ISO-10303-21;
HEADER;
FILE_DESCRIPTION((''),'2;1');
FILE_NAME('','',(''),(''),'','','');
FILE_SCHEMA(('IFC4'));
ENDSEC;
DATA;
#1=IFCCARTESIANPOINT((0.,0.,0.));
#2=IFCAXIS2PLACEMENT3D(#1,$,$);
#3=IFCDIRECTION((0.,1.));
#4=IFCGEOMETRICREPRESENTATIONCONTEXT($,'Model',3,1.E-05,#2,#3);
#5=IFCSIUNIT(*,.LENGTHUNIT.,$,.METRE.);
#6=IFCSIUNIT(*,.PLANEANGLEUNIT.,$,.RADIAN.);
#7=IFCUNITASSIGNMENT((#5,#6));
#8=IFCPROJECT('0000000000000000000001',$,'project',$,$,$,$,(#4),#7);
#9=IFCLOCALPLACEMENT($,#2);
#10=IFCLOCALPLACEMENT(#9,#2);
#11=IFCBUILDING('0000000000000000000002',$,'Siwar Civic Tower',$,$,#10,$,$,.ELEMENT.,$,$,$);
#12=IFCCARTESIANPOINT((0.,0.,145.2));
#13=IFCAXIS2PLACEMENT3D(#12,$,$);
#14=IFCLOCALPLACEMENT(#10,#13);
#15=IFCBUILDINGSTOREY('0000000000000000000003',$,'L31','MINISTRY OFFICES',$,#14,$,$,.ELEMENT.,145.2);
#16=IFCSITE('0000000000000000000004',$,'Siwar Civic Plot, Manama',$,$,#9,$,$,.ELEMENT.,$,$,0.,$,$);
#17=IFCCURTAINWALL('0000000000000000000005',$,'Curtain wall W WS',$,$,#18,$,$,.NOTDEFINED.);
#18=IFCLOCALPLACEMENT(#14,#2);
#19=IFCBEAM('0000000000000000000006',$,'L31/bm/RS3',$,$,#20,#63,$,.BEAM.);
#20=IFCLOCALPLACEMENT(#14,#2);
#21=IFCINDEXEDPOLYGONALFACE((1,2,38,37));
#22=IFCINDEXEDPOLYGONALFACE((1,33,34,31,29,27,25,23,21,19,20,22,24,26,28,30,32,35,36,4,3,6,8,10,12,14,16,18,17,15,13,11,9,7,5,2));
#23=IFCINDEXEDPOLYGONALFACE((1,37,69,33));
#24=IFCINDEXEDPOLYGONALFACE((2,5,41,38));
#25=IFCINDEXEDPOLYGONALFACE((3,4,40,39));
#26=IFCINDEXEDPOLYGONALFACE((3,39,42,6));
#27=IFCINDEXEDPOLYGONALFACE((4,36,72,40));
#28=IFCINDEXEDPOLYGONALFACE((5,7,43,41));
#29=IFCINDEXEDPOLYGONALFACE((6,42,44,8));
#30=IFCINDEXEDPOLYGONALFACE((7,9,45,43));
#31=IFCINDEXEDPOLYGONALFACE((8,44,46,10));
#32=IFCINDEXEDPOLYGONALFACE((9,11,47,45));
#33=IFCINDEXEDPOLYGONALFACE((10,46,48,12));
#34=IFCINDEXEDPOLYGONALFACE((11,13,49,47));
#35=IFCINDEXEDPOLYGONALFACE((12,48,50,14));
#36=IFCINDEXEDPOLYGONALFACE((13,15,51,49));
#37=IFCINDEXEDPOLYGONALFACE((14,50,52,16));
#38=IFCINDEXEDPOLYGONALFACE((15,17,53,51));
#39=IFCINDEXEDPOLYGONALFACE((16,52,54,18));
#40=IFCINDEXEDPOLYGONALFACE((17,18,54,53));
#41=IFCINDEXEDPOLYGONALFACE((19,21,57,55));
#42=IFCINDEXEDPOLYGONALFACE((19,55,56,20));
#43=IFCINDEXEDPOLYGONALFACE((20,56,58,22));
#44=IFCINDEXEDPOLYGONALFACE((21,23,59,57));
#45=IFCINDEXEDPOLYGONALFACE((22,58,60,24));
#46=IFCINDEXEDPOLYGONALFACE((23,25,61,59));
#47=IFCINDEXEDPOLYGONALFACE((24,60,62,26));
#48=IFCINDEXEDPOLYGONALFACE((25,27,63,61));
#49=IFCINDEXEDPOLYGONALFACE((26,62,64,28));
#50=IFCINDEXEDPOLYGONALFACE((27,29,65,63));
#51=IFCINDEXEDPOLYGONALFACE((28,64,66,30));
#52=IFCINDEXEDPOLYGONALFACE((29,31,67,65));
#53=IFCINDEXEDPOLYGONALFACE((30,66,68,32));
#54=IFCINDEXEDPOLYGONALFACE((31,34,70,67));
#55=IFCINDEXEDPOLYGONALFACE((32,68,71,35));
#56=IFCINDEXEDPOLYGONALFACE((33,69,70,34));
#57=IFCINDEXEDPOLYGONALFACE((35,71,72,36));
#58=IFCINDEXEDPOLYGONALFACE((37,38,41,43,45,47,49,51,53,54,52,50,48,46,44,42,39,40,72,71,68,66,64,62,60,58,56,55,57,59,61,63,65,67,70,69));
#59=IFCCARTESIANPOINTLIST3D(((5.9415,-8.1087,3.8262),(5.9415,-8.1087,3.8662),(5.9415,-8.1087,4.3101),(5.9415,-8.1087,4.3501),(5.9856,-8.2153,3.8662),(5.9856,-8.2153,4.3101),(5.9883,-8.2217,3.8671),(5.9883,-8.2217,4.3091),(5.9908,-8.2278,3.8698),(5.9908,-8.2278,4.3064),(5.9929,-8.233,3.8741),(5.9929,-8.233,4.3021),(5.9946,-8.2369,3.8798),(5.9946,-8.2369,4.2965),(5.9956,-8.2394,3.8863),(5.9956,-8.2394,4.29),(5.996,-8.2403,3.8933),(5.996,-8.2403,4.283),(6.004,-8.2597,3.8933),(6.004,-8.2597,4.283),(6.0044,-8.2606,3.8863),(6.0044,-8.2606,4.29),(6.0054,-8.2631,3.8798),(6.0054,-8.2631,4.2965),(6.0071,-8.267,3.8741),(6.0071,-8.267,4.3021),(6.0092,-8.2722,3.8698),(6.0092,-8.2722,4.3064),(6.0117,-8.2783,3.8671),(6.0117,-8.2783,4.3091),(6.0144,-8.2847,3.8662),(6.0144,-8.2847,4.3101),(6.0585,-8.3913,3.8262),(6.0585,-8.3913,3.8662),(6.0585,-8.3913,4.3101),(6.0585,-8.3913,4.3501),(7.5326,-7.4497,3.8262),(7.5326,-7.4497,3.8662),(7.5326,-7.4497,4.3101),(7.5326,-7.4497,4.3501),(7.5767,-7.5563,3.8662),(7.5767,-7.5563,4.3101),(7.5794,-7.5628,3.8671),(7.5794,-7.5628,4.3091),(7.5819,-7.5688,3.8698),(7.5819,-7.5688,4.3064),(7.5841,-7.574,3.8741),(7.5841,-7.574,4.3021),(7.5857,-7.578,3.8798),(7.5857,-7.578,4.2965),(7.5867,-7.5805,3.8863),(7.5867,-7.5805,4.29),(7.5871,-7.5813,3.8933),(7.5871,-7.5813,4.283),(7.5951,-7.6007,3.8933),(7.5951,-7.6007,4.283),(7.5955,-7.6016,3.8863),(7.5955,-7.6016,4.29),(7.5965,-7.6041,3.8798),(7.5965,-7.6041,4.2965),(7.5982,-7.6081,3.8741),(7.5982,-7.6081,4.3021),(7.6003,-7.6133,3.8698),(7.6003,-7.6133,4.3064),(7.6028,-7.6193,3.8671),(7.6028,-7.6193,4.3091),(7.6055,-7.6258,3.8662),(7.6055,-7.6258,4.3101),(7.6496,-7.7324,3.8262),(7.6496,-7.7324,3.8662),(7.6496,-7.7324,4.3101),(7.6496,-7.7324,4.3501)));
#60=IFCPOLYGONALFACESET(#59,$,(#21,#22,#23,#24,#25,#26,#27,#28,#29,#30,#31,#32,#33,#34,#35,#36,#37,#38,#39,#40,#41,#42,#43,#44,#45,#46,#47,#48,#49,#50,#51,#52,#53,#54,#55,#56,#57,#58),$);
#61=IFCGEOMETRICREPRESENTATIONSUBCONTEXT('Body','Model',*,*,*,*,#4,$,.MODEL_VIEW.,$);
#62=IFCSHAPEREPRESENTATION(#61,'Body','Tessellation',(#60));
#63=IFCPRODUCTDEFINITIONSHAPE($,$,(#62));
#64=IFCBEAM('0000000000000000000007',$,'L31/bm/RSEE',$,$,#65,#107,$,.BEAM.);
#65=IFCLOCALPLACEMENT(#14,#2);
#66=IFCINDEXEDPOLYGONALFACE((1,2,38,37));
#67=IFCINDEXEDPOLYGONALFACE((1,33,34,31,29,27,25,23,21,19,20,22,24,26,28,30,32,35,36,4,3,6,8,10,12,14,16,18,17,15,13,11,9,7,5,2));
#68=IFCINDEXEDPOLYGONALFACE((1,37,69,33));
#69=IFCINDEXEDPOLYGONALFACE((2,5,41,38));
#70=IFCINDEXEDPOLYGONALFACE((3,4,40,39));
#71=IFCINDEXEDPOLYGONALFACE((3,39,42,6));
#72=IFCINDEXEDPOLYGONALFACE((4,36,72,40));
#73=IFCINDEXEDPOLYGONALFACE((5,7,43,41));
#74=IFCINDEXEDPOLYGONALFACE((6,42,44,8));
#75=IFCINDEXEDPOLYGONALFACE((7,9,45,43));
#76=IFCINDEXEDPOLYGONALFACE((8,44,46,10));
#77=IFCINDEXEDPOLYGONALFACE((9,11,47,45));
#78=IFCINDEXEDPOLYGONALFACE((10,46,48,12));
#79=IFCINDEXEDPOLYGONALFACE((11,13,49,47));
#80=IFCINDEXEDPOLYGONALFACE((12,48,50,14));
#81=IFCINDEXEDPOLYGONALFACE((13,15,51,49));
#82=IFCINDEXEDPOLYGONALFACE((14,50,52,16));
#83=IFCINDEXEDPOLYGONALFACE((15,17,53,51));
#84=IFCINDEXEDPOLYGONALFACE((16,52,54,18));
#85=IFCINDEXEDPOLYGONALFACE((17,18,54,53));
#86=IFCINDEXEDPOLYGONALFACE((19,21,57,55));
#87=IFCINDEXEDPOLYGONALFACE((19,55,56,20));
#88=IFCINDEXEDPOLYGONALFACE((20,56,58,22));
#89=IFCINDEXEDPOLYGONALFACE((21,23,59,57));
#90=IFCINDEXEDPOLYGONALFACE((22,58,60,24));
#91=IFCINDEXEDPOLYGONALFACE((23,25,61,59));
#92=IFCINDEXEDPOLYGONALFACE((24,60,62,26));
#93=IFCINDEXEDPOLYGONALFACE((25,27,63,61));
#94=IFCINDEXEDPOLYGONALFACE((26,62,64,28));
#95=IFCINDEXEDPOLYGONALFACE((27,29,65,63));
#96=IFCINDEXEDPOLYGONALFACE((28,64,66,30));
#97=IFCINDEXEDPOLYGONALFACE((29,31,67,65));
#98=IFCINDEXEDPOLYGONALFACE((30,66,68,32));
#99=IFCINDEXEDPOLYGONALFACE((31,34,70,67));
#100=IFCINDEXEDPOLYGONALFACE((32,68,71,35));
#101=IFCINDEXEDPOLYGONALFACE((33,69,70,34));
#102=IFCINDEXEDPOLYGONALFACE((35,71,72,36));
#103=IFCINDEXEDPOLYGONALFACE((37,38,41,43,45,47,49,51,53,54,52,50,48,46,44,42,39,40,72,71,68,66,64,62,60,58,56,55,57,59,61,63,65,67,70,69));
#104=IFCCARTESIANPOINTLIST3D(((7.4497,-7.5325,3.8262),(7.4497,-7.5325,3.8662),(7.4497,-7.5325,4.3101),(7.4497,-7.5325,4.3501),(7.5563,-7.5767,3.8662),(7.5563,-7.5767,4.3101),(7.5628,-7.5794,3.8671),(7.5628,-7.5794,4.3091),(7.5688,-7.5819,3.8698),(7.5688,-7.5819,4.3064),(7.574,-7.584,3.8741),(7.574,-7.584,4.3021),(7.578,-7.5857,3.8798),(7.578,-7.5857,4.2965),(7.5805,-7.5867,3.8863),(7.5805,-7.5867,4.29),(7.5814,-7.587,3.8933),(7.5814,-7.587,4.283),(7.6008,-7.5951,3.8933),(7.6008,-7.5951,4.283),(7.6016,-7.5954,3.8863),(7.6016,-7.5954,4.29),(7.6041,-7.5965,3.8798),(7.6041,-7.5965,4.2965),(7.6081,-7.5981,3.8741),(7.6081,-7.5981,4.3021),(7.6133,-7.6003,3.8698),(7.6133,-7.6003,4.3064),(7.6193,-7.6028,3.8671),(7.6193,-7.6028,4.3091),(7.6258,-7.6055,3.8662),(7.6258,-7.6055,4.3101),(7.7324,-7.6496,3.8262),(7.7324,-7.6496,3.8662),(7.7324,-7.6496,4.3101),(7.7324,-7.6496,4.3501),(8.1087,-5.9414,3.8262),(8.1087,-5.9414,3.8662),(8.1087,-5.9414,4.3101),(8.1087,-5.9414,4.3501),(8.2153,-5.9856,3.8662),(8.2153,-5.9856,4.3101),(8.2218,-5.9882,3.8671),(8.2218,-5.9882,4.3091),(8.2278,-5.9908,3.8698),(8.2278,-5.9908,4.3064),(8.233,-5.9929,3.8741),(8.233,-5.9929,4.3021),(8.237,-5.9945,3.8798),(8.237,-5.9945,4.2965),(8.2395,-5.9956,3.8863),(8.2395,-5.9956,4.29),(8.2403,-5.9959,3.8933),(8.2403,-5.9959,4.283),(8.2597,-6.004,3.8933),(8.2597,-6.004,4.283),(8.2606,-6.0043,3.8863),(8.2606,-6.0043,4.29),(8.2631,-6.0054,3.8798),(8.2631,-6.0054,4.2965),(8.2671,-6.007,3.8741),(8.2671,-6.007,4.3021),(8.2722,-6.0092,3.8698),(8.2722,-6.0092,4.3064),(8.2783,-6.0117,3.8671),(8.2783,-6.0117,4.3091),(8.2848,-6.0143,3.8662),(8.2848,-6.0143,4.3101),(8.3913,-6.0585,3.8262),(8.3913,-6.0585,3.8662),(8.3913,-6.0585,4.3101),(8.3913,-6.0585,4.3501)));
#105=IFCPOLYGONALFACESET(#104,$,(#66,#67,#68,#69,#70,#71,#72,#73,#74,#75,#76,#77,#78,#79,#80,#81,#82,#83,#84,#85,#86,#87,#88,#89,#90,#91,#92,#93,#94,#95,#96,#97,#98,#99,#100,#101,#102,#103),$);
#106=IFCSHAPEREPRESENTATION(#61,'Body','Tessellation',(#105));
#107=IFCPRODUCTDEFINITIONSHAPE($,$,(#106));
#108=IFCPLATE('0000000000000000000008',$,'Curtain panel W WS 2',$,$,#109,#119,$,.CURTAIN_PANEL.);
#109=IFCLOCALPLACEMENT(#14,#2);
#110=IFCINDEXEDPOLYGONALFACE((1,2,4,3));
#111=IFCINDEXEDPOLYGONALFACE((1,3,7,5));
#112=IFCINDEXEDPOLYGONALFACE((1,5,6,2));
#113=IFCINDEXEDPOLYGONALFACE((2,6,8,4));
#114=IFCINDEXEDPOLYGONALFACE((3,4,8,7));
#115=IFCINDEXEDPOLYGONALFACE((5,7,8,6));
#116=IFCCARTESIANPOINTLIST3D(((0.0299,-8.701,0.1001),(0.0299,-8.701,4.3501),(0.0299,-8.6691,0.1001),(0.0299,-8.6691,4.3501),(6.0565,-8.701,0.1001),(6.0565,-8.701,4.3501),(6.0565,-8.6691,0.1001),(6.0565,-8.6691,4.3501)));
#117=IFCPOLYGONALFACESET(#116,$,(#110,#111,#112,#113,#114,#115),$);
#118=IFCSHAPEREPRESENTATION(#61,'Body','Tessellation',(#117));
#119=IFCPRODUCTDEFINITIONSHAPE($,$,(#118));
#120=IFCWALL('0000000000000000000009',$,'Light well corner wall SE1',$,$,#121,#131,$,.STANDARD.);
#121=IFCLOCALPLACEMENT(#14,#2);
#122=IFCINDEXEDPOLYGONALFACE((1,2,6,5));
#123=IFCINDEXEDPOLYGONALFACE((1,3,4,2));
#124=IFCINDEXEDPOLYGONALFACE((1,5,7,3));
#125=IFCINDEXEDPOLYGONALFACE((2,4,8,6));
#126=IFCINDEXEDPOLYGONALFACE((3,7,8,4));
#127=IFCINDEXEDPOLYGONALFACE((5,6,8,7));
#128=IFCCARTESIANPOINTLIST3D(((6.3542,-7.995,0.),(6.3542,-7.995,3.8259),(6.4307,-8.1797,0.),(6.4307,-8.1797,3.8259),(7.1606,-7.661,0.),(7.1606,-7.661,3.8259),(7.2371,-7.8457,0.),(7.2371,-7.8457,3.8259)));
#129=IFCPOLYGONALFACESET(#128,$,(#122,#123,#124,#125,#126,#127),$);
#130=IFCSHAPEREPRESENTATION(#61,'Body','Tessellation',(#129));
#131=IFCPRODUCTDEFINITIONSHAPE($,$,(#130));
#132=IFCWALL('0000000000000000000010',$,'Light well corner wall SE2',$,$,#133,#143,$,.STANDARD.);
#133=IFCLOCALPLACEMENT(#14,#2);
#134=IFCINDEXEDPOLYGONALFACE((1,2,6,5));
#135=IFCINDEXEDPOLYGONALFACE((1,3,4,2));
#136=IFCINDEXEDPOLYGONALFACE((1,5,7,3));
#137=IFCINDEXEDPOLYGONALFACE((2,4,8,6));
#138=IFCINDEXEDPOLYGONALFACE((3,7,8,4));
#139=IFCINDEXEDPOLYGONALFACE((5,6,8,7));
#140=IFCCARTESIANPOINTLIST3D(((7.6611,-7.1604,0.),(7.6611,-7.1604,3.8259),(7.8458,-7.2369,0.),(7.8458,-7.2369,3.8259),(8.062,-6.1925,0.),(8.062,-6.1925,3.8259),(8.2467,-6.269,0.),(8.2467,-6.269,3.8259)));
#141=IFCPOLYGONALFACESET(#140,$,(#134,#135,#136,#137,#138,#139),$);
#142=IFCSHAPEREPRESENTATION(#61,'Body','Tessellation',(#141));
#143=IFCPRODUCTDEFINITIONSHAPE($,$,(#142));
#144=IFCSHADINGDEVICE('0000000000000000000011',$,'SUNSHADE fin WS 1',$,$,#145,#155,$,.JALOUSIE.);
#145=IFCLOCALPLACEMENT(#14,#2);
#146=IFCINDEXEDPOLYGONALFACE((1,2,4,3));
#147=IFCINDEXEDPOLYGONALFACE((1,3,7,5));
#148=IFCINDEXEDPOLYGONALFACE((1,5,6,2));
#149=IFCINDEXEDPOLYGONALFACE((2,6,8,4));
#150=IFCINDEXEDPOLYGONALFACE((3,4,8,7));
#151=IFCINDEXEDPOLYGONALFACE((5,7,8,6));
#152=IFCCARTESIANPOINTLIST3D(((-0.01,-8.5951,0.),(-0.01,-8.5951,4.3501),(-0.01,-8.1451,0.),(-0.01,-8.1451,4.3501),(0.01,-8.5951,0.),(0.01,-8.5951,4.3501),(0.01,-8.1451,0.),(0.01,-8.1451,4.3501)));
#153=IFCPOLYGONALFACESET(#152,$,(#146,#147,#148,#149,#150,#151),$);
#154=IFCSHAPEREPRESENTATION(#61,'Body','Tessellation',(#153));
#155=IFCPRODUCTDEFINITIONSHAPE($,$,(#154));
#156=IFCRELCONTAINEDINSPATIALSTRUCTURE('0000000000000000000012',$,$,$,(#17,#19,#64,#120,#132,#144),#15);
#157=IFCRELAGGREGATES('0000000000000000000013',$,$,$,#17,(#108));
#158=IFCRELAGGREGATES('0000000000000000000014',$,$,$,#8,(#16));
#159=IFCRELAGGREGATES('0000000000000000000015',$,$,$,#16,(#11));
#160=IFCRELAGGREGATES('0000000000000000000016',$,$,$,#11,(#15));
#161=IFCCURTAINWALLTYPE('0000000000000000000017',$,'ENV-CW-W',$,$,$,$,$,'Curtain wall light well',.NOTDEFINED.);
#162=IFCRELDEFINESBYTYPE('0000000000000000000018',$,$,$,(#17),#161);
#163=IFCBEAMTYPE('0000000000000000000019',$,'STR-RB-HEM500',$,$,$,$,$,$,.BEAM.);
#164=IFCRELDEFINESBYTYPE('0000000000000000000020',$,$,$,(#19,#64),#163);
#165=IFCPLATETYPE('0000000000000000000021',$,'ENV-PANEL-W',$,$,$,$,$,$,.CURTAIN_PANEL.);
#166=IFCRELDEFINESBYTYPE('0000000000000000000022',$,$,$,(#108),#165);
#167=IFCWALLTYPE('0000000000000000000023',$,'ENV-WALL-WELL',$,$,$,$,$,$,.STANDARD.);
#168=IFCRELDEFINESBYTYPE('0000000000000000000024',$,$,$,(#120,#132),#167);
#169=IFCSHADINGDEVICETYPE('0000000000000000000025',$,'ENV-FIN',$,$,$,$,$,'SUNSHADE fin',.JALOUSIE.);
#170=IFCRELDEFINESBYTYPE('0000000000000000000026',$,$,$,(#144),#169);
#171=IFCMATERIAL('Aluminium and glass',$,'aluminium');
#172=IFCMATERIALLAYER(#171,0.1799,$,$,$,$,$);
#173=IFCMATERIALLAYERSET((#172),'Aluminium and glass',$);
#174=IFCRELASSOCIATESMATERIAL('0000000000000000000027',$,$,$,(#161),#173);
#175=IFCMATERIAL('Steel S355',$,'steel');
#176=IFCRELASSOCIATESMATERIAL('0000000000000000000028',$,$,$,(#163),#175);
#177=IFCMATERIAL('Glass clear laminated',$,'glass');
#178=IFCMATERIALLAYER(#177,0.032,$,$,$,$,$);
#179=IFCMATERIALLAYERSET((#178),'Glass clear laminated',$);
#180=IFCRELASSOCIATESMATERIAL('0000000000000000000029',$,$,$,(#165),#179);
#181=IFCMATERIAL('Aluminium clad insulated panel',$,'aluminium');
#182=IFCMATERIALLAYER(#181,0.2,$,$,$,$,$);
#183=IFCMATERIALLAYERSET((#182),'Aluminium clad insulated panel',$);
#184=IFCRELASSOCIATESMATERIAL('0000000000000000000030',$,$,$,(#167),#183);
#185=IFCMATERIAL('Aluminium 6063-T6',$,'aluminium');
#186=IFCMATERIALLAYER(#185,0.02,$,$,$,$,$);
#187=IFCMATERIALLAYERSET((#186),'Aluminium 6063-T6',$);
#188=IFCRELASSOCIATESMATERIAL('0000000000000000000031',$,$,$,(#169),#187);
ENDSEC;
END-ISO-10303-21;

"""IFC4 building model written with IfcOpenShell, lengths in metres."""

from ifc_helpers import new_model, si_unit, direction, frame, frame_2d, origin, origin_2d, place, context, subcontext, project, spatial, rectangle, i_section, extrude, material, layer, layer_set, material_profile, profile_set, type_object, element, aggregate, save


model = new_model("IFC4")

# Units and contexts
model_context = context("Model", 3, precision=1e-05, world=origin(), true_north=direction((0.0, 1.0)))
body_context = subcontext(model_context, "Body", "Model", "MODEL_VIEW")
ifc_project = project(units=[si_unit("LENGTHUNIT", "METRE"), si_unit("PLANEANGLEUNIT", "RADIAN")], contexts=[model_context])

# Site, building, storey
site_placement = place(None, origin())
site = spatial("IfcSite", under=ifc_project, at=site_placement, Name="Siwar Civic Plot, Manama", CompositionType="ELEMENT", RefElevation=0.0)
building_placement = place(site_placement, origin())
building = spatial("IfcBuilding", under=site, at=building_placement, Name="Siwar Civic Tower", CompositionType="ELEMENT")
storey_placement = place(building_placement, frame((0.0, 0.0, 145.2)))
storey = spatial("IfcBuildingStorey", under=building, at=storey_placement, Name="L31", Description="MINISTRY OFFICES", CompositionType="ELEMENT", Elevation=145.2)

# Curtain wall
ifc_material_1 = material(Name="Aluminium and glass", Category="aluminium")
ifc_layer_1 = layer(ifc_material_1, 0.1799)
ifc_layer_set_1 = layer_set([ifc_layer_1], Name="Aluminium and glass")
curtain_wall_type = type_object("IfcCurtainWallType", Name="ENV-CW-W", ElementType="Curtain wall light well", PredefinedType="NOTDEFINED", material=ifc_layer_set_1)
curtain_wall_placement = place(storey_placement, origin())
curtain_wall = element("IfcCurtainWall", 1, at=curtain_wall_placement, inside=storey, type_object=curtain_wall_type, Name="Curtain wall W WS", PredefinedType="NOTDEFINED")

# Beams
ifc_material_2 = material(Name="Steel S355", Category="steel")
ifc_material_profile_1 = material_profile(ifc_material_2, i_section(OverallWidth=0.3059, OverallDepth=0.5239, WebThickness=0.021, FlangeThickness=0.04, FilletRadius=0.0271, at=origin_2d()), Name="HEM500")
ifc_profile_set_1 = profile_set([ifc_material_profile_1], Name="Steel S355")
beam_type_1 = type_object("IfcBeamType", Name="STR-RB-HEM500", PredefinedType="BEAM", material=ifc_profile_set_1)
for number, where, z_axis, x_axis, name in (
    (2, (6.0, -8.25, 4.0881), (0.923901, 0.382631, 0.0), (-0.382631, 0.923901, 0.0), "L31/bm/RS3"),
    (3, (7.5911, -7.5911, 4.0881), (0.382631, 0.923901, 0.0), (-0.923901, 0.382631, 0.0), "L31/bm/RSEE"),
):
    element("IfcBeam", number, at=place(storey_placement, frame(where, z_axis=z_axis, x_axis=x_axis)), inside=storey, type_object=beam_type_1, Name=name, PredefinedType="BEAM", context=body_context, shape_type="SweptSolid", body=[
        extrude(i_section(OverallWidth=0.3059, OverallDepth=0.5239, WebThickness=0.021, FlangeThickness=0.04, FilletRadius=0.0271, at=origin_2d()), origin(), (0.0, 0.0, 1.0), 1.7222),
    ])

# Plate
ifc_material_3 = material(Name="Glass clear laminated", Category="glass")
ifc_layer_2 = layer(ifc_material_3, 0.032)
ifc_layer_set_2 = layer_set([ifc_layer_2], Name="Glass clear laminated")
plate_type = type_object("IfcPlateType", Name="ENV-PANEL-W", PredefinedType="CURTAIN_PANEL", material=ifc_layer_set_2)
plate_placement = place(storey_placement, frame((3.0432, -8.6851, 0.1001), z_axis=(0.0, 0.0, 1.0), x_axis=(1.0, 0.0, 0.0)))
plate = element("IfcPlate", 4, at=plate_placement, type_object=plate_type, Name="Curtain panel W WS 2", PredefinedType="CURTAIN_PANEL", context=body_context, shape_type="SweptSolid", body=[
    extrude(rectangle(XDim=6.0266, YDim=0.032, at=origin_2d()), origin(), (0.0, 0.0, 1.0), 4.25),
])
aggregate(curtain_wall, [plate])

# Walls
ifc_material_4 = material(Name="Aluminium clad insulated panel", Category="aluminium")
ifc_layer_3 = layer(ifc_material_4, 0.2)
ifc_layer_set_3 = layer_set([ifc_layer_3], Name="Aluminium clad insulated panel")
wall_type = type_object("IfcWallType", Name="ENV-WALL-WELL", PredefinedType="STANDARD", material=ifc_layer_set_3)
wall_1_placement = place(storey_placement, frame((6.3923, -8.0874, 0.0), z_axis=(0.0, 0.0, 1.0), x_axis=(0.923894, 0.382648, 0.0)))
element("IfcWall", 5, at=wall_1_placement, inside=storey, type_object=wall_type, Name="Light well corner wall SE1", PredefinedType="STANDARD", context=body_context, shape_type="SweptSolid", body=[
    extrude(rectangle(XDim=0.8728, YDim=0.2, at=frame_2d((0.4365, 0.0))), origin(), (0.0, 0.0, 1.0), 3.8259),
])
wall_2_placement = place(storey_placement, frame((7.7534, -7.1987, 0.0), z_axis=(0.0, 0.0, 1.0), x_axis=(0.382695, 0.923875, 0.0)))
element("IfcWall", 6, at=wall_2_placement, inside=storey, type_object=wall_type, Name="Light well corner wall SE2", PredefinedType="STANDARD", context=body_context, shape_type="SweptSolid", body=[
    extrude(rectangle(XDim=1.0476, YDim=0.2, at=frame_2d((0.5239, 0.0))), origin(), (0.0, 0.0, 1.0), 3.8259),
])

# Shading device
ifc_material_5 = material(Name="Aluminium 6063-T6", Category="aluminium")
ifc_layer_4 = layer(ifc_material_5, 0.02)
ifc_layer_set_4 = layer_set([ifc_layer_4], Name="Aluminium 6063-T6")
shading_device_type = type_object("IfcShadingDeviceType", Name="ENV-FIN", ElementType="SUNSHADE fin", PredefinedType="JALOUSIE", material=ifc_layer_set_4)
shading_device_placement = place(storey_placement, frame((0.0, -8.3701, 0.0), z_axis=(0.0, 0.0, 1.0), x_axis=(1.0, 0.0, 0.0)))
element("IfcShadingDevice", 7, at=shading_device_placement, inside=storey, type_object=shading_device_type, Name="SUNSHADE fin WS 1", PredefinedType="JALOUSIE", context=body_context, shape_type="SweptSolid", body=[
    extrude(rectangle(XDim=0.02, YDim=0.45, at=origin_2d()), origin(), (0.0, 0.0, 1.0), 4.3501),
])

save(model, "model.ifc")
